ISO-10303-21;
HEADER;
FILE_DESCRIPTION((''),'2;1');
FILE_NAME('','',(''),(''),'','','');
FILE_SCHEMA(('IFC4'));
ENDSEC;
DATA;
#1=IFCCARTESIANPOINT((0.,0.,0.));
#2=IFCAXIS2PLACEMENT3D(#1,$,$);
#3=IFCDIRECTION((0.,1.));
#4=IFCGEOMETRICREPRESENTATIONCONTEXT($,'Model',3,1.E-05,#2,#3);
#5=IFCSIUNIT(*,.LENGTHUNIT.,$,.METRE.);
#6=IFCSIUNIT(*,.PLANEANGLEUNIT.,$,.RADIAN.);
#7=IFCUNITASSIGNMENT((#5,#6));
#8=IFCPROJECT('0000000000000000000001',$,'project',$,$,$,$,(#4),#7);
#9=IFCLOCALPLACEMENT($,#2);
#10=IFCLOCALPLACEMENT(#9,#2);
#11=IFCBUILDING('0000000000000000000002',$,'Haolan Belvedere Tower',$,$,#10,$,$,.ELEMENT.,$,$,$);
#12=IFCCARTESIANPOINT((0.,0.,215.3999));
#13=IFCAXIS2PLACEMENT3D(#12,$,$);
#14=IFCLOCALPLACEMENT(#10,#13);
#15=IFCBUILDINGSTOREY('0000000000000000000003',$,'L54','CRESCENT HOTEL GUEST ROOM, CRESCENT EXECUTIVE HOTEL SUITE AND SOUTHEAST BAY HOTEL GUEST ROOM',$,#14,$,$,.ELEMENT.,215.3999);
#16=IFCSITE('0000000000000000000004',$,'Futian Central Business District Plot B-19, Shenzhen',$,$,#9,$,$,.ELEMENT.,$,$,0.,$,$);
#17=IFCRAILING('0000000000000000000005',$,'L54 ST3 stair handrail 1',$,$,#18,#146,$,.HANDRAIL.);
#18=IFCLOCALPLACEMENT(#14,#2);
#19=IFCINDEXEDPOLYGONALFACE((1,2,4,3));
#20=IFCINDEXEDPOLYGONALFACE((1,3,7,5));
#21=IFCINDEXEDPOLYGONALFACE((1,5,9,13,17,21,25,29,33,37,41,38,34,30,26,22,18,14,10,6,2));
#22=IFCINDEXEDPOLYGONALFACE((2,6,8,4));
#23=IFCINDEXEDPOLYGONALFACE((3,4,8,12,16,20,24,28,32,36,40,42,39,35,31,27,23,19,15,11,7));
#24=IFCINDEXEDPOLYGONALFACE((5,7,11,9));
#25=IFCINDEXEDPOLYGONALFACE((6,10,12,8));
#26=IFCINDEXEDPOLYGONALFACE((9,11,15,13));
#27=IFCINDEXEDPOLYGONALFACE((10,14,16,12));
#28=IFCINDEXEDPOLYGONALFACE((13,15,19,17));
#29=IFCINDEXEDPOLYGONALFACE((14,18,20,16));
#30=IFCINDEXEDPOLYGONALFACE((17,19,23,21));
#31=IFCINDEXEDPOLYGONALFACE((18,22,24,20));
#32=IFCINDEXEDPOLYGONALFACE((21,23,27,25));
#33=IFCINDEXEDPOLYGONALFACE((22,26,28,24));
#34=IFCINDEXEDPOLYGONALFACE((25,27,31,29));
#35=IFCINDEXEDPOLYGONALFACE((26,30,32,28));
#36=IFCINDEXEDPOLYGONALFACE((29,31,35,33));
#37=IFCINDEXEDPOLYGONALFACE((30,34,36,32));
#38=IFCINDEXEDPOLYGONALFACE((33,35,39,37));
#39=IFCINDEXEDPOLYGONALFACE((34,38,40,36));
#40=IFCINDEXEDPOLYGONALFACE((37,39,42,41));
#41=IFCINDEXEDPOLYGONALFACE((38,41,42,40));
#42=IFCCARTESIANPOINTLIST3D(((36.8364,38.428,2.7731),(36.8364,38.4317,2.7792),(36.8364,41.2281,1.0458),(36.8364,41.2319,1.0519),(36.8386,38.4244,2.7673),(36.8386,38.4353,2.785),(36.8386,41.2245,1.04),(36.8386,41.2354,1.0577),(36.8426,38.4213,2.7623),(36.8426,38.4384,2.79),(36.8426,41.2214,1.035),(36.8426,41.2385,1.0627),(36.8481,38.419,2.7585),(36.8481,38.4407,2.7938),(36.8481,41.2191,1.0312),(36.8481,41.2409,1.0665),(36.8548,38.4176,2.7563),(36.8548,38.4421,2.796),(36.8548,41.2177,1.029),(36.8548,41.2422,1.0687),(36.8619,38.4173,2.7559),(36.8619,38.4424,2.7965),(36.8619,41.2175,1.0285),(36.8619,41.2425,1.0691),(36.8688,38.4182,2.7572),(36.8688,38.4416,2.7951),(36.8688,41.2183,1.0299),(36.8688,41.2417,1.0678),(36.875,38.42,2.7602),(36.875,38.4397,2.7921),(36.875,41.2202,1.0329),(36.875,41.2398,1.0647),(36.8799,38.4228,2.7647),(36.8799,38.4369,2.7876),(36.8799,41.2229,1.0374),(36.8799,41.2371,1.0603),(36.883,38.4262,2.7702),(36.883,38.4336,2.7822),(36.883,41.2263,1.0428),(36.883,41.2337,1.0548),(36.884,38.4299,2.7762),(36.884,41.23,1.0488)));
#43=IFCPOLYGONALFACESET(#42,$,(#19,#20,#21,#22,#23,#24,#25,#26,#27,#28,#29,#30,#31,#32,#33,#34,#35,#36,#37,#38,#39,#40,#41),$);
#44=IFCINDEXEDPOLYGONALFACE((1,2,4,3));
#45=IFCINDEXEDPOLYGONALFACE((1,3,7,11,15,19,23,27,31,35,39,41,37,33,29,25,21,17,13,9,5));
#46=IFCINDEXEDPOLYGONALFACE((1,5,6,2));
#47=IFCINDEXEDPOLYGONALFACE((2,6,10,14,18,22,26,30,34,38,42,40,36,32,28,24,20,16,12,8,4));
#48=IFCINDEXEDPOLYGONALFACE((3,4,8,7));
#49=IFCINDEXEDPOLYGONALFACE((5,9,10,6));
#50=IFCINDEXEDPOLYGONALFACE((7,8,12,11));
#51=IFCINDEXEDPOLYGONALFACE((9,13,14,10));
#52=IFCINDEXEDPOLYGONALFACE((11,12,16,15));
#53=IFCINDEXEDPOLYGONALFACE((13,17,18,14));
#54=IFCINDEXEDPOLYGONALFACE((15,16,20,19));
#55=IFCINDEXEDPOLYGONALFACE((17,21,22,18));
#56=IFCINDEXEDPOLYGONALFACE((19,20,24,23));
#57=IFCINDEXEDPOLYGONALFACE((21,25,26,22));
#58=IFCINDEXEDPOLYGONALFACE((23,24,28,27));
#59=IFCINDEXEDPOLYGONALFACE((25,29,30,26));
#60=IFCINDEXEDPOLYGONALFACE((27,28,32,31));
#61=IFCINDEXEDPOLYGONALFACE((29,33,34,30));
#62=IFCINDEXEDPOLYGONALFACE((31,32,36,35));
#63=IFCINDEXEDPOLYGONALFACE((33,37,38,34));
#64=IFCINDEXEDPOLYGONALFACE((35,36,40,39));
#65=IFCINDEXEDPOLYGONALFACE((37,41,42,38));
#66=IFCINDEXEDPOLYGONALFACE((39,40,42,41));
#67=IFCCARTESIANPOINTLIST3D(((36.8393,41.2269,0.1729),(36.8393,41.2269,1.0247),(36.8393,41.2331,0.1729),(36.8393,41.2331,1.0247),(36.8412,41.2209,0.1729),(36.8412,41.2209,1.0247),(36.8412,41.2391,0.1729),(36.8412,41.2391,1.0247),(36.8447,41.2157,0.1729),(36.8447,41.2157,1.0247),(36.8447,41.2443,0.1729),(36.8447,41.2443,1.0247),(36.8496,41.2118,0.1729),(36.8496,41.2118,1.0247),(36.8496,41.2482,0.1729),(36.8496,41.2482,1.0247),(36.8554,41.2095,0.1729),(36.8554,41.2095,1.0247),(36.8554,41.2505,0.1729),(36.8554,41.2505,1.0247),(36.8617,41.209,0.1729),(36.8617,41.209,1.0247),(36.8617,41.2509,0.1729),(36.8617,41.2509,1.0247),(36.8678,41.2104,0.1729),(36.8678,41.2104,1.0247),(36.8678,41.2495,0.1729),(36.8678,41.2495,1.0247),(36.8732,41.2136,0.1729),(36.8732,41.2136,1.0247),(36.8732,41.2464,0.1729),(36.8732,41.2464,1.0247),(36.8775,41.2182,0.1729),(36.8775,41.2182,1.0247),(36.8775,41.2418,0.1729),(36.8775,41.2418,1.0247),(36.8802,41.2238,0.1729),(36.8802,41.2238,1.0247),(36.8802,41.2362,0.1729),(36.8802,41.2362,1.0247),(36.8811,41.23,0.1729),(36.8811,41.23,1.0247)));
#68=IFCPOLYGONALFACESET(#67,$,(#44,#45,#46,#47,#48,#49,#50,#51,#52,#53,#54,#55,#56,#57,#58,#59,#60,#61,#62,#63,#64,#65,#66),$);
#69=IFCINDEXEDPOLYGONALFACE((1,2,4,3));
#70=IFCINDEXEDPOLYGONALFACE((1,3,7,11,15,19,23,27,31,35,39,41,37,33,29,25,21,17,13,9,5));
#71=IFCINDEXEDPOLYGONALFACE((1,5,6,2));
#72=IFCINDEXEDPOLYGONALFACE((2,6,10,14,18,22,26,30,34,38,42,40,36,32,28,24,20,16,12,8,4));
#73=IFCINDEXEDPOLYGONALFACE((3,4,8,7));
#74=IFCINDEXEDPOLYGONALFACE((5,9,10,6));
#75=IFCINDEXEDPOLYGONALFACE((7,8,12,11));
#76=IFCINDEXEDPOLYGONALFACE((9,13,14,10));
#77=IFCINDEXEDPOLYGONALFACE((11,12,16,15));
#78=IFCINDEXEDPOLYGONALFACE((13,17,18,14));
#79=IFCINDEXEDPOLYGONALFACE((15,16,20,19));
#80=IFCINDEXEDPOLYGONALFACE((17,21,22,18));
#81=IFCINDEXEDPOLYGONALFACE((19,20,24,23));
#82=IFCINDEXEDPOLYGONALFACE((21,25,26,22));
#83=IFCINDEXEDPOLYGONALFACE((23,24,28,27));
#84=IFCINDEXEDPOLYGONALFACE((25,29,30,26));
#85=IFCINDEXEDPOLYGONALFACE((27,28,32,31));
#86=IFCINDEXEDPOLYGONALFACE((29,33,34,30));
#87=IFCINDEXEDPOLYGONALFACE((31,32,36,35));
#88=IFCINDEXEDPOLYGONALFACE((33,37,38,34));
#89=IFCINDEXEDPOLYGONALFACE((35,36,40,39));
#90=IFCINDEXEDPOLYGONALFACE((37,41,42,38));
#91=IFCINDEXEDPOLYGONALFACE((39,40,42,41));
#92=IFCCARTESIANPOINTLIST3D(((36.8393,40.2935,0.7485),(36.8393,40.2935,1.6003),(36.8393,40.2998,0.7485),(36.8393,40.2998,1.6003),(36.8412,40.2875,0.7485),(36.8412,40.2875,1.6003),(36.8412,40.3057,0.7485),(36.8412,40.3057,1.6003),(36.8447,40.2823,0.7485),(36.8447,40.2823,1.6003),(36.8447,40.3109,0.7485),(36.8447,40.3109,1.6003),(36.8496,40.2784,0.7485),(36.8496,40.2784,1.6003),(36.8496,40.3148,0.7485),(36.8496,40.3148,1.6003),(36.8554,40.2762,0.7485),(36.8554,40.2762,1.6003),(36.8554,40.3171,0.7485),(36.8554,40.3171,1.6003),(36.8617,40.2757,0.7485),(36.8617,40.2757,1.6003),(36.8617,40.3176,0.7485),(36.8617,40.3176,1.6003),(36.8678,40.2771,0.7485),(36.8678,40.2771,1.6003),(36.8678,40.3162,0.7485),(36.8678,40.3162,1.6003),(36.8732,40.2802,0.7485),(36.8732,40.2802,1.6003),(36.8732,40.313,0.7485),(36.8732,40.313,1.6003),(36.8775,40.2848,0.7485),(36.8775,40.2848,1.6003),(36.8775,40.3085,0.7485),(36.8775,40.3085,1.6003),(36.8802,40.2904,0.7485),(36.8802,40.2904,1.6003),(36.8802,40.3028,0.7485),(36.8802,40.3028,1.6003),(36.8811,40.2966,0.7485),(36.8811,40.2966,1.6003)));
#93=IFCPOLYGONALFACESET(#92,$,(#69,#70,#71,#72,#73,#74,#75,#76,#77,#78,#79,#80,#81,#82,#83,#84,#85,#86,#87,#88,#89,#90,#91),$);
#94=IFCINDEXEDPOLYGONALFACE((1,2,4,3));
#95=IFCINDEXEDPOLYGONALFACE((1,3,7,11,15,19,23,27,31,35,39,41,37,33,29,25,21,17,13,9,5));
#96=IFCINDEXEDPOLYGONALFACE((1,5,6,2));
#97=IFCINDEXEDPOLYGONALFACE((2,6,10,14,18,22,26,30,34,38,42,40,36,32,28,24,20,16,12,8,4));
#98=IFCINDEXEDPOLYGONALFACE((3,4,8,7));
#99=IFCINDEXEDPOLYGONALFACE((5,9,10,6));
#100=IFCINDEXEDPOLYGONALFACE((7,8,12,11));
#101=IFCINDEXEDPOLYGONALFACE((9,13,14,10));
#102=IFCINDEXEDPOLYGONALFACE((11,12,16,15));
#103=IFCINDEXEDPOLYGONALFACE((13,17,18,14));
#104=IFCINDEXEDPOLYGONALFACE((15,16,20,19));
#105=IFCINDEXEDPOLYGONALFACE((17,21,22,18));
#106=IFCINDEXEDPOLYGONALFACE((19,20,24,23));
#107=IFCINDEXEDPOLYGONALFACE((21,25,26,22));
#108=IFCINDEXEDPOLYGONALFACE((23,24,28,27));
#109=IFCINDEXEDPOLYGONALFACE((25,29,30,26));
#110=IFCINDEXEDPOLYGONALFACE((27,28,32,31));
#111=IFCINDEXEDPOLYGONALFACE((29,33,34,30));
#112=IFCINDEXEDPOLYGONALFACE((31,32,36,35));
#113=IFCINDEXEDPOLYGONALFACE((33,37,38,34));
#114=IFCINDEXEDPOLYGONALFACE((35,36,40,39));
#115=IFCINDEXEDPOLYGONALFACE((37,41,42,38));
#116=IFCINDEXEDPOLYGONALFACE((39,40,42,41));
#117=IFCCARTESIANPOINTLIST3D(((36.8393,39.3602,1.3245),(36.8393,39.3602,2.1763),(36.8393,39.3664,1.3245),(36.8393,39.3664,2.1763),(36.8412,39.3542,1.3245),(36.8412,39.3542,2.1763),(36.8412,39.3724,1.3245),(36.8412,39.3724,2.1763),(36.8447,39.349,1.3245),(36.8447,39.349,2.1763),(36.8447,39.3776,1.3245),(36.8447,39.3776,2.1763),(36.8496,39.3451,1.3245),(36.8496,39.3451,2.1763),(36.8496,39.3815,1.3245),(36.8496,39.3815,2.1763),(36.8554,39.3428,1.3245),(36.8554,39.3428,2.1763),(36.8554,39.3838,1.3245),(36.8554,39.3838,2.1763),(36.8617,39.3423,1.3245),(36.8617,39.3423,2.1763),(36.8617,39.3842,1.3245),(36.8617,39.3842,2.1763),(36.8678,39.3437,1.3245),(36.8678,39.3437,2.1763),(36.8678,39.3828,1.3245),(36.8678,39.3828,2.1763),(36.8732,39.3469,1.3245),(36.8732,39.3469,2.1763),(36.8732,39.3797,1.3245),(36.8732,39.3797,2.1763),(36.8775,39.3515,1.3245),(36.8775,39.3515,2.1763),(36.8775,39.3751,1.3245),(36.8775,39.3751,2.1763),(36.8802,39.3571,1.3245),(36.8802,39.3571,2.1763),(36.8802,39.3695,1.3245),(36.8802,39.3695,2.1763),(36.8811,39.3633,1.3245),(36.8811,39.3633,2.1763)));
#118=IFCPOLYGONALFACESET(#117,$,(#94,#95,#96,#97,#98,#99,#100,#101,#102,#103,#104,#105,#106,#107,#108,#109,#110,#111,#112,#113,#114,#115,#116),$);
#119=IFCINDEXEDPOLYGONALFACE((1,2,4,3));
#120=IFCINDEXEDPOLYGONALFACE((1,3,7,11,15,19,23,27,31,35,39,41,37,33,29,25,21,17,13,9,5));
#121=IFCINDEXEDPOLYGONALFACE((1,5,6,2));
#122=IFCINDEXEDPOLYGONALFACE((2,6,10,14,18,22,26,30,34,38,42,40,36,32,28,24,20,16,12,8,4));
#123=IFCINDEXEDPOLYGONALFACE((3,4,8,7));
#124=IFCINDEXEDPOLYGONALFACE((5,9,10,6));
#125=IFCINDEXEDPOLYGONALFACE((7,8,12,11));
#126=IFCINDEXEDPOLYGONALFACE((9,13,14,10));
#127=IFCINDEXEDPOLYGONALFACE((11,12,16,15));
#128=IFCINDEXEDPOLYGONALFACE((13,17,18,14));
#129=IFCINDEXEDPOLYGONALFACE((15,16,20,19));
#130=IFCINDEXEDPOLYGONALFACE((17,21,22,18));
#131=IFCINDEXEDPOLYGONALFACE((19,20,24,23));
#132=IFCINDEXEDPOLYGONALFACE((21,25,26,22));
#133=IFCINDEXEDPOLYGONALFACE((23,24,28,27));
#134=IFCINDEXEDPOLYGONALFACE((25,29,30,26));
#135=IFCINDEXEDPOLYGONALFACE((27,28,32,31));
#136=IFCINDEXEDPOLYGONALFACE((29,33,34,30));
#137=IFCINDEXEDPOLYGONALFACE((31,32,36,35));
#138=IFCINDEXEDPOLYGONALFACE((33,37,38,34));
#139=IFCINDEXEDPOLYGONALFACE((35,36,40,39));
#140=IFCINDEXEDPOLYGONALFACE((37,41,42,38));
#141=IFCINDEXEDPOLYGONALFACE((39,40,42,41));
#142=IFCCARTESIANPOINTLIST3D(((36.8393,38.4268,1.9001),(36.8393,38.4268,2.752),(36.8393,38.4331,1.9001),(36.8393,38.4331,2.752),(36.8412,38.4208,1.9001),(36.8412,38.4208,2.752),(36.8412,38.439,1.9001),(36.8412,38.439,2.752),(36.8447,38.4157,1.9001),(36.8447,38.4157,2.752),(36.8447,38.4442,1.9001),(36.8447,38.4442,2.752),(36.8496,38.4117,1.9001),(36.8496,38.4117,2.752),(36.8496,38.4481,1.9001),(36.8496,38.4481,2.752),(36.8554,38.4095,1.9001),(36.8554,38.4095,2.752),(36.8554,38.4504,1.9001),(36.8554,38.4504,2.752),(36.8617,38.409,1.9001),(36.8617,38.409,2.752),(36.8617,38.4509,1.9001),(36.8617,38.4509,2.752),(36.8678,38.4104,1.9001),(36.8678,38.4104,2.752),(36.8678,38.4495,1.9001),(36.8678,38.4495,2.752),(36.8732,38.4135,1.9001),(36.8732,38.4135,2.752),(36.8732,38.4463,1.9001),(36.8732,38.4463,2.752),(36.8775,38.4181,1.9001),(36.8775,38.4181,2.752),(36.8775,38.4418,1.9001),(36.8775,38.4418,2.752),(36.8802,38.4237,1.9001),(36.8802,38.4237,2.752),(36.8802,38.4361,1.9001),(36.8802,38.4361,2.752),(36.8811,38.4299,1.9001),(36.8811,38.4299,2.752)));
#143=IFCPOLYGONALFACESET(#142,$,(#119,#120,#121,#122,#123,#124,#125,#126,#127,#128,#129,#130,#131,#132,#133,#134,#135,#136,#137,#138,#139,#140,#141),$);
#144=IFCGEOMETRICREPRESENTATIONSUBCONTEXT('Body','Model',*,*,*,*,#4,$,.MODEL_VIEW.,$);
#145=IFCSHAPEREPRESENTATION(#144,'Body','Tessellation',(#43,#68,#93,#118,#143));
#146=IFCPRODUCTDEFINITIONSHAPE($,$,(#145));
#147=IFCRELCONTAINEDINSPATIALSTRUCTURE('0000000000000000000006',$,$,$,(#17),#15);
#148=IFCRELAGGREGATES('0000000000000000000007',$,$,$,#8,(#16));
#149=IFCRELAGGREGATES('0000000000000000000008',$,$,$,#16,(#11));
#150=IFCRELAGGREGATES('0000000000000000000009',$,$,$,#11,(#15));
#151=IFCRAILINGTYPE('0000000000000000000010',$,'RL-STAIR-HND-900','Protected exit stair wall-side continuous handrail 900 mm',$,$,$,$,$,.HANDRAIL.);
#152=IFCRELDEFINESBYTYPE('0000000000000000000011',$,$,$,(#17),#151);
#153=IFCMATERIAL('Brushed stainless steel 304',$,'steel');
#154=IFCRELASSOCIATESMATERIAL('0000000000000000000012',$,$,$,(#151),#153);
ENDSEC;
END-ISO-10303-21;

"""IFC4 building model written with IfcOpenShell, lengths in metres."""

from ifc_helpers import new_model, si_unit, direction, frame, origin, origin_2d, place, context, subcontext, project, spatial, circle, extrude, material, type_object, element, save


model = new_model("IFC4")

# Units and contexts
model_context = context("Model", 3, precision=1e-05, world=origin(), true_north=direction((0.0, 1.0)))
body_context = subcontext(model_context, "Body", "Model", "MODEL_VIEW")
ifc_project = project(units=[si_unit("LENGTHUNIT", "METRE"), si_unit("PLANEANGLEUNIT", "RADIAN")], contexts=[model_context])

# Site, building, storey
site_placement = place(None, origin())
site = spatial("IfcSite", under=ifc_project, at=site_placement, Name="Futian Central Business District Plot B-19, Shenzhen", CompositionType="ELEMENT", RefElevation=0.0)
building_placement = place(site_placement, origin())
building = spatial("IfcBuilding", under=site, at=building_placement, Name="Haolan Belvedere Tower", CompositionType="ELEMENT")
storey_placement = place(building_placement, frame((0.0, 0.0, 215.3999)))
storey = spatial("IfcBuildingStorey", under=building, at=storey_placement, Name="L54", Description="CRESCENT HOTEL GUEST ROOM, CRESCENT EXECUTIVE HOTEL SUITE AND SOUTHEAST BAY HOTEL GUEST ROOM", CompositionType="ELEMENT", Elevation=215.3999)

# Railing
ifc_material_1 = material(Name="Brushed stainless steel 304", Category="steel")
railing_type_1 = type_object("IfcRailingType", Name="RL-STAIR-HND-900", Description="Protected exit stair wall-side continuous handrail 900 mm", PredefinedType="HANDRAIL", material=ifc_material_1)
railing_1_placement = place(storey_placement, frame((36.8601, 41.23, 0.1729)))
element("IfcRailing", 1, at=railing_1_placement, inside=storey, type_object=railing_type_1, Name="L54 ST3 stair handrail 1", PredefinedType="HANDRAIL", context=body_context, shape_type="SweptSolid", body=[
    extrude(circle(Radius=0.0239, at=origin_2d()), frame((0.0, 0.0, 0.876), z_axis=(0.0, -0.85109, 0.52502), x_axis=(1.0, 0.0, 0.0)), (0.0, 0.0, 1.0), 3.29),
    extrude(circle(Radius=0.021, at=origin_2d()), origin(), (0.0, 0.0, 1.0), 0.8518),
    extrude(circle(Radius=0.021, at=origin_2d()), frame((0.0, -0.9333, 0.5757)), (0.0, 0.0, 1.0), 0.8518),
    extrude(circle(Radius=0.021, at=origin_2d()), frame((0.0, -1.8667, 1.1516)), (0.0, 0.0, 1.0), 0.8518),
    extrude(circle(Radius=0.021, at=origin_2d()), frame((0.0, -2.8, 1.7273)), (0.0, 0.0, 1.0), 0.8518),
])

save(model, "model.ifc")
